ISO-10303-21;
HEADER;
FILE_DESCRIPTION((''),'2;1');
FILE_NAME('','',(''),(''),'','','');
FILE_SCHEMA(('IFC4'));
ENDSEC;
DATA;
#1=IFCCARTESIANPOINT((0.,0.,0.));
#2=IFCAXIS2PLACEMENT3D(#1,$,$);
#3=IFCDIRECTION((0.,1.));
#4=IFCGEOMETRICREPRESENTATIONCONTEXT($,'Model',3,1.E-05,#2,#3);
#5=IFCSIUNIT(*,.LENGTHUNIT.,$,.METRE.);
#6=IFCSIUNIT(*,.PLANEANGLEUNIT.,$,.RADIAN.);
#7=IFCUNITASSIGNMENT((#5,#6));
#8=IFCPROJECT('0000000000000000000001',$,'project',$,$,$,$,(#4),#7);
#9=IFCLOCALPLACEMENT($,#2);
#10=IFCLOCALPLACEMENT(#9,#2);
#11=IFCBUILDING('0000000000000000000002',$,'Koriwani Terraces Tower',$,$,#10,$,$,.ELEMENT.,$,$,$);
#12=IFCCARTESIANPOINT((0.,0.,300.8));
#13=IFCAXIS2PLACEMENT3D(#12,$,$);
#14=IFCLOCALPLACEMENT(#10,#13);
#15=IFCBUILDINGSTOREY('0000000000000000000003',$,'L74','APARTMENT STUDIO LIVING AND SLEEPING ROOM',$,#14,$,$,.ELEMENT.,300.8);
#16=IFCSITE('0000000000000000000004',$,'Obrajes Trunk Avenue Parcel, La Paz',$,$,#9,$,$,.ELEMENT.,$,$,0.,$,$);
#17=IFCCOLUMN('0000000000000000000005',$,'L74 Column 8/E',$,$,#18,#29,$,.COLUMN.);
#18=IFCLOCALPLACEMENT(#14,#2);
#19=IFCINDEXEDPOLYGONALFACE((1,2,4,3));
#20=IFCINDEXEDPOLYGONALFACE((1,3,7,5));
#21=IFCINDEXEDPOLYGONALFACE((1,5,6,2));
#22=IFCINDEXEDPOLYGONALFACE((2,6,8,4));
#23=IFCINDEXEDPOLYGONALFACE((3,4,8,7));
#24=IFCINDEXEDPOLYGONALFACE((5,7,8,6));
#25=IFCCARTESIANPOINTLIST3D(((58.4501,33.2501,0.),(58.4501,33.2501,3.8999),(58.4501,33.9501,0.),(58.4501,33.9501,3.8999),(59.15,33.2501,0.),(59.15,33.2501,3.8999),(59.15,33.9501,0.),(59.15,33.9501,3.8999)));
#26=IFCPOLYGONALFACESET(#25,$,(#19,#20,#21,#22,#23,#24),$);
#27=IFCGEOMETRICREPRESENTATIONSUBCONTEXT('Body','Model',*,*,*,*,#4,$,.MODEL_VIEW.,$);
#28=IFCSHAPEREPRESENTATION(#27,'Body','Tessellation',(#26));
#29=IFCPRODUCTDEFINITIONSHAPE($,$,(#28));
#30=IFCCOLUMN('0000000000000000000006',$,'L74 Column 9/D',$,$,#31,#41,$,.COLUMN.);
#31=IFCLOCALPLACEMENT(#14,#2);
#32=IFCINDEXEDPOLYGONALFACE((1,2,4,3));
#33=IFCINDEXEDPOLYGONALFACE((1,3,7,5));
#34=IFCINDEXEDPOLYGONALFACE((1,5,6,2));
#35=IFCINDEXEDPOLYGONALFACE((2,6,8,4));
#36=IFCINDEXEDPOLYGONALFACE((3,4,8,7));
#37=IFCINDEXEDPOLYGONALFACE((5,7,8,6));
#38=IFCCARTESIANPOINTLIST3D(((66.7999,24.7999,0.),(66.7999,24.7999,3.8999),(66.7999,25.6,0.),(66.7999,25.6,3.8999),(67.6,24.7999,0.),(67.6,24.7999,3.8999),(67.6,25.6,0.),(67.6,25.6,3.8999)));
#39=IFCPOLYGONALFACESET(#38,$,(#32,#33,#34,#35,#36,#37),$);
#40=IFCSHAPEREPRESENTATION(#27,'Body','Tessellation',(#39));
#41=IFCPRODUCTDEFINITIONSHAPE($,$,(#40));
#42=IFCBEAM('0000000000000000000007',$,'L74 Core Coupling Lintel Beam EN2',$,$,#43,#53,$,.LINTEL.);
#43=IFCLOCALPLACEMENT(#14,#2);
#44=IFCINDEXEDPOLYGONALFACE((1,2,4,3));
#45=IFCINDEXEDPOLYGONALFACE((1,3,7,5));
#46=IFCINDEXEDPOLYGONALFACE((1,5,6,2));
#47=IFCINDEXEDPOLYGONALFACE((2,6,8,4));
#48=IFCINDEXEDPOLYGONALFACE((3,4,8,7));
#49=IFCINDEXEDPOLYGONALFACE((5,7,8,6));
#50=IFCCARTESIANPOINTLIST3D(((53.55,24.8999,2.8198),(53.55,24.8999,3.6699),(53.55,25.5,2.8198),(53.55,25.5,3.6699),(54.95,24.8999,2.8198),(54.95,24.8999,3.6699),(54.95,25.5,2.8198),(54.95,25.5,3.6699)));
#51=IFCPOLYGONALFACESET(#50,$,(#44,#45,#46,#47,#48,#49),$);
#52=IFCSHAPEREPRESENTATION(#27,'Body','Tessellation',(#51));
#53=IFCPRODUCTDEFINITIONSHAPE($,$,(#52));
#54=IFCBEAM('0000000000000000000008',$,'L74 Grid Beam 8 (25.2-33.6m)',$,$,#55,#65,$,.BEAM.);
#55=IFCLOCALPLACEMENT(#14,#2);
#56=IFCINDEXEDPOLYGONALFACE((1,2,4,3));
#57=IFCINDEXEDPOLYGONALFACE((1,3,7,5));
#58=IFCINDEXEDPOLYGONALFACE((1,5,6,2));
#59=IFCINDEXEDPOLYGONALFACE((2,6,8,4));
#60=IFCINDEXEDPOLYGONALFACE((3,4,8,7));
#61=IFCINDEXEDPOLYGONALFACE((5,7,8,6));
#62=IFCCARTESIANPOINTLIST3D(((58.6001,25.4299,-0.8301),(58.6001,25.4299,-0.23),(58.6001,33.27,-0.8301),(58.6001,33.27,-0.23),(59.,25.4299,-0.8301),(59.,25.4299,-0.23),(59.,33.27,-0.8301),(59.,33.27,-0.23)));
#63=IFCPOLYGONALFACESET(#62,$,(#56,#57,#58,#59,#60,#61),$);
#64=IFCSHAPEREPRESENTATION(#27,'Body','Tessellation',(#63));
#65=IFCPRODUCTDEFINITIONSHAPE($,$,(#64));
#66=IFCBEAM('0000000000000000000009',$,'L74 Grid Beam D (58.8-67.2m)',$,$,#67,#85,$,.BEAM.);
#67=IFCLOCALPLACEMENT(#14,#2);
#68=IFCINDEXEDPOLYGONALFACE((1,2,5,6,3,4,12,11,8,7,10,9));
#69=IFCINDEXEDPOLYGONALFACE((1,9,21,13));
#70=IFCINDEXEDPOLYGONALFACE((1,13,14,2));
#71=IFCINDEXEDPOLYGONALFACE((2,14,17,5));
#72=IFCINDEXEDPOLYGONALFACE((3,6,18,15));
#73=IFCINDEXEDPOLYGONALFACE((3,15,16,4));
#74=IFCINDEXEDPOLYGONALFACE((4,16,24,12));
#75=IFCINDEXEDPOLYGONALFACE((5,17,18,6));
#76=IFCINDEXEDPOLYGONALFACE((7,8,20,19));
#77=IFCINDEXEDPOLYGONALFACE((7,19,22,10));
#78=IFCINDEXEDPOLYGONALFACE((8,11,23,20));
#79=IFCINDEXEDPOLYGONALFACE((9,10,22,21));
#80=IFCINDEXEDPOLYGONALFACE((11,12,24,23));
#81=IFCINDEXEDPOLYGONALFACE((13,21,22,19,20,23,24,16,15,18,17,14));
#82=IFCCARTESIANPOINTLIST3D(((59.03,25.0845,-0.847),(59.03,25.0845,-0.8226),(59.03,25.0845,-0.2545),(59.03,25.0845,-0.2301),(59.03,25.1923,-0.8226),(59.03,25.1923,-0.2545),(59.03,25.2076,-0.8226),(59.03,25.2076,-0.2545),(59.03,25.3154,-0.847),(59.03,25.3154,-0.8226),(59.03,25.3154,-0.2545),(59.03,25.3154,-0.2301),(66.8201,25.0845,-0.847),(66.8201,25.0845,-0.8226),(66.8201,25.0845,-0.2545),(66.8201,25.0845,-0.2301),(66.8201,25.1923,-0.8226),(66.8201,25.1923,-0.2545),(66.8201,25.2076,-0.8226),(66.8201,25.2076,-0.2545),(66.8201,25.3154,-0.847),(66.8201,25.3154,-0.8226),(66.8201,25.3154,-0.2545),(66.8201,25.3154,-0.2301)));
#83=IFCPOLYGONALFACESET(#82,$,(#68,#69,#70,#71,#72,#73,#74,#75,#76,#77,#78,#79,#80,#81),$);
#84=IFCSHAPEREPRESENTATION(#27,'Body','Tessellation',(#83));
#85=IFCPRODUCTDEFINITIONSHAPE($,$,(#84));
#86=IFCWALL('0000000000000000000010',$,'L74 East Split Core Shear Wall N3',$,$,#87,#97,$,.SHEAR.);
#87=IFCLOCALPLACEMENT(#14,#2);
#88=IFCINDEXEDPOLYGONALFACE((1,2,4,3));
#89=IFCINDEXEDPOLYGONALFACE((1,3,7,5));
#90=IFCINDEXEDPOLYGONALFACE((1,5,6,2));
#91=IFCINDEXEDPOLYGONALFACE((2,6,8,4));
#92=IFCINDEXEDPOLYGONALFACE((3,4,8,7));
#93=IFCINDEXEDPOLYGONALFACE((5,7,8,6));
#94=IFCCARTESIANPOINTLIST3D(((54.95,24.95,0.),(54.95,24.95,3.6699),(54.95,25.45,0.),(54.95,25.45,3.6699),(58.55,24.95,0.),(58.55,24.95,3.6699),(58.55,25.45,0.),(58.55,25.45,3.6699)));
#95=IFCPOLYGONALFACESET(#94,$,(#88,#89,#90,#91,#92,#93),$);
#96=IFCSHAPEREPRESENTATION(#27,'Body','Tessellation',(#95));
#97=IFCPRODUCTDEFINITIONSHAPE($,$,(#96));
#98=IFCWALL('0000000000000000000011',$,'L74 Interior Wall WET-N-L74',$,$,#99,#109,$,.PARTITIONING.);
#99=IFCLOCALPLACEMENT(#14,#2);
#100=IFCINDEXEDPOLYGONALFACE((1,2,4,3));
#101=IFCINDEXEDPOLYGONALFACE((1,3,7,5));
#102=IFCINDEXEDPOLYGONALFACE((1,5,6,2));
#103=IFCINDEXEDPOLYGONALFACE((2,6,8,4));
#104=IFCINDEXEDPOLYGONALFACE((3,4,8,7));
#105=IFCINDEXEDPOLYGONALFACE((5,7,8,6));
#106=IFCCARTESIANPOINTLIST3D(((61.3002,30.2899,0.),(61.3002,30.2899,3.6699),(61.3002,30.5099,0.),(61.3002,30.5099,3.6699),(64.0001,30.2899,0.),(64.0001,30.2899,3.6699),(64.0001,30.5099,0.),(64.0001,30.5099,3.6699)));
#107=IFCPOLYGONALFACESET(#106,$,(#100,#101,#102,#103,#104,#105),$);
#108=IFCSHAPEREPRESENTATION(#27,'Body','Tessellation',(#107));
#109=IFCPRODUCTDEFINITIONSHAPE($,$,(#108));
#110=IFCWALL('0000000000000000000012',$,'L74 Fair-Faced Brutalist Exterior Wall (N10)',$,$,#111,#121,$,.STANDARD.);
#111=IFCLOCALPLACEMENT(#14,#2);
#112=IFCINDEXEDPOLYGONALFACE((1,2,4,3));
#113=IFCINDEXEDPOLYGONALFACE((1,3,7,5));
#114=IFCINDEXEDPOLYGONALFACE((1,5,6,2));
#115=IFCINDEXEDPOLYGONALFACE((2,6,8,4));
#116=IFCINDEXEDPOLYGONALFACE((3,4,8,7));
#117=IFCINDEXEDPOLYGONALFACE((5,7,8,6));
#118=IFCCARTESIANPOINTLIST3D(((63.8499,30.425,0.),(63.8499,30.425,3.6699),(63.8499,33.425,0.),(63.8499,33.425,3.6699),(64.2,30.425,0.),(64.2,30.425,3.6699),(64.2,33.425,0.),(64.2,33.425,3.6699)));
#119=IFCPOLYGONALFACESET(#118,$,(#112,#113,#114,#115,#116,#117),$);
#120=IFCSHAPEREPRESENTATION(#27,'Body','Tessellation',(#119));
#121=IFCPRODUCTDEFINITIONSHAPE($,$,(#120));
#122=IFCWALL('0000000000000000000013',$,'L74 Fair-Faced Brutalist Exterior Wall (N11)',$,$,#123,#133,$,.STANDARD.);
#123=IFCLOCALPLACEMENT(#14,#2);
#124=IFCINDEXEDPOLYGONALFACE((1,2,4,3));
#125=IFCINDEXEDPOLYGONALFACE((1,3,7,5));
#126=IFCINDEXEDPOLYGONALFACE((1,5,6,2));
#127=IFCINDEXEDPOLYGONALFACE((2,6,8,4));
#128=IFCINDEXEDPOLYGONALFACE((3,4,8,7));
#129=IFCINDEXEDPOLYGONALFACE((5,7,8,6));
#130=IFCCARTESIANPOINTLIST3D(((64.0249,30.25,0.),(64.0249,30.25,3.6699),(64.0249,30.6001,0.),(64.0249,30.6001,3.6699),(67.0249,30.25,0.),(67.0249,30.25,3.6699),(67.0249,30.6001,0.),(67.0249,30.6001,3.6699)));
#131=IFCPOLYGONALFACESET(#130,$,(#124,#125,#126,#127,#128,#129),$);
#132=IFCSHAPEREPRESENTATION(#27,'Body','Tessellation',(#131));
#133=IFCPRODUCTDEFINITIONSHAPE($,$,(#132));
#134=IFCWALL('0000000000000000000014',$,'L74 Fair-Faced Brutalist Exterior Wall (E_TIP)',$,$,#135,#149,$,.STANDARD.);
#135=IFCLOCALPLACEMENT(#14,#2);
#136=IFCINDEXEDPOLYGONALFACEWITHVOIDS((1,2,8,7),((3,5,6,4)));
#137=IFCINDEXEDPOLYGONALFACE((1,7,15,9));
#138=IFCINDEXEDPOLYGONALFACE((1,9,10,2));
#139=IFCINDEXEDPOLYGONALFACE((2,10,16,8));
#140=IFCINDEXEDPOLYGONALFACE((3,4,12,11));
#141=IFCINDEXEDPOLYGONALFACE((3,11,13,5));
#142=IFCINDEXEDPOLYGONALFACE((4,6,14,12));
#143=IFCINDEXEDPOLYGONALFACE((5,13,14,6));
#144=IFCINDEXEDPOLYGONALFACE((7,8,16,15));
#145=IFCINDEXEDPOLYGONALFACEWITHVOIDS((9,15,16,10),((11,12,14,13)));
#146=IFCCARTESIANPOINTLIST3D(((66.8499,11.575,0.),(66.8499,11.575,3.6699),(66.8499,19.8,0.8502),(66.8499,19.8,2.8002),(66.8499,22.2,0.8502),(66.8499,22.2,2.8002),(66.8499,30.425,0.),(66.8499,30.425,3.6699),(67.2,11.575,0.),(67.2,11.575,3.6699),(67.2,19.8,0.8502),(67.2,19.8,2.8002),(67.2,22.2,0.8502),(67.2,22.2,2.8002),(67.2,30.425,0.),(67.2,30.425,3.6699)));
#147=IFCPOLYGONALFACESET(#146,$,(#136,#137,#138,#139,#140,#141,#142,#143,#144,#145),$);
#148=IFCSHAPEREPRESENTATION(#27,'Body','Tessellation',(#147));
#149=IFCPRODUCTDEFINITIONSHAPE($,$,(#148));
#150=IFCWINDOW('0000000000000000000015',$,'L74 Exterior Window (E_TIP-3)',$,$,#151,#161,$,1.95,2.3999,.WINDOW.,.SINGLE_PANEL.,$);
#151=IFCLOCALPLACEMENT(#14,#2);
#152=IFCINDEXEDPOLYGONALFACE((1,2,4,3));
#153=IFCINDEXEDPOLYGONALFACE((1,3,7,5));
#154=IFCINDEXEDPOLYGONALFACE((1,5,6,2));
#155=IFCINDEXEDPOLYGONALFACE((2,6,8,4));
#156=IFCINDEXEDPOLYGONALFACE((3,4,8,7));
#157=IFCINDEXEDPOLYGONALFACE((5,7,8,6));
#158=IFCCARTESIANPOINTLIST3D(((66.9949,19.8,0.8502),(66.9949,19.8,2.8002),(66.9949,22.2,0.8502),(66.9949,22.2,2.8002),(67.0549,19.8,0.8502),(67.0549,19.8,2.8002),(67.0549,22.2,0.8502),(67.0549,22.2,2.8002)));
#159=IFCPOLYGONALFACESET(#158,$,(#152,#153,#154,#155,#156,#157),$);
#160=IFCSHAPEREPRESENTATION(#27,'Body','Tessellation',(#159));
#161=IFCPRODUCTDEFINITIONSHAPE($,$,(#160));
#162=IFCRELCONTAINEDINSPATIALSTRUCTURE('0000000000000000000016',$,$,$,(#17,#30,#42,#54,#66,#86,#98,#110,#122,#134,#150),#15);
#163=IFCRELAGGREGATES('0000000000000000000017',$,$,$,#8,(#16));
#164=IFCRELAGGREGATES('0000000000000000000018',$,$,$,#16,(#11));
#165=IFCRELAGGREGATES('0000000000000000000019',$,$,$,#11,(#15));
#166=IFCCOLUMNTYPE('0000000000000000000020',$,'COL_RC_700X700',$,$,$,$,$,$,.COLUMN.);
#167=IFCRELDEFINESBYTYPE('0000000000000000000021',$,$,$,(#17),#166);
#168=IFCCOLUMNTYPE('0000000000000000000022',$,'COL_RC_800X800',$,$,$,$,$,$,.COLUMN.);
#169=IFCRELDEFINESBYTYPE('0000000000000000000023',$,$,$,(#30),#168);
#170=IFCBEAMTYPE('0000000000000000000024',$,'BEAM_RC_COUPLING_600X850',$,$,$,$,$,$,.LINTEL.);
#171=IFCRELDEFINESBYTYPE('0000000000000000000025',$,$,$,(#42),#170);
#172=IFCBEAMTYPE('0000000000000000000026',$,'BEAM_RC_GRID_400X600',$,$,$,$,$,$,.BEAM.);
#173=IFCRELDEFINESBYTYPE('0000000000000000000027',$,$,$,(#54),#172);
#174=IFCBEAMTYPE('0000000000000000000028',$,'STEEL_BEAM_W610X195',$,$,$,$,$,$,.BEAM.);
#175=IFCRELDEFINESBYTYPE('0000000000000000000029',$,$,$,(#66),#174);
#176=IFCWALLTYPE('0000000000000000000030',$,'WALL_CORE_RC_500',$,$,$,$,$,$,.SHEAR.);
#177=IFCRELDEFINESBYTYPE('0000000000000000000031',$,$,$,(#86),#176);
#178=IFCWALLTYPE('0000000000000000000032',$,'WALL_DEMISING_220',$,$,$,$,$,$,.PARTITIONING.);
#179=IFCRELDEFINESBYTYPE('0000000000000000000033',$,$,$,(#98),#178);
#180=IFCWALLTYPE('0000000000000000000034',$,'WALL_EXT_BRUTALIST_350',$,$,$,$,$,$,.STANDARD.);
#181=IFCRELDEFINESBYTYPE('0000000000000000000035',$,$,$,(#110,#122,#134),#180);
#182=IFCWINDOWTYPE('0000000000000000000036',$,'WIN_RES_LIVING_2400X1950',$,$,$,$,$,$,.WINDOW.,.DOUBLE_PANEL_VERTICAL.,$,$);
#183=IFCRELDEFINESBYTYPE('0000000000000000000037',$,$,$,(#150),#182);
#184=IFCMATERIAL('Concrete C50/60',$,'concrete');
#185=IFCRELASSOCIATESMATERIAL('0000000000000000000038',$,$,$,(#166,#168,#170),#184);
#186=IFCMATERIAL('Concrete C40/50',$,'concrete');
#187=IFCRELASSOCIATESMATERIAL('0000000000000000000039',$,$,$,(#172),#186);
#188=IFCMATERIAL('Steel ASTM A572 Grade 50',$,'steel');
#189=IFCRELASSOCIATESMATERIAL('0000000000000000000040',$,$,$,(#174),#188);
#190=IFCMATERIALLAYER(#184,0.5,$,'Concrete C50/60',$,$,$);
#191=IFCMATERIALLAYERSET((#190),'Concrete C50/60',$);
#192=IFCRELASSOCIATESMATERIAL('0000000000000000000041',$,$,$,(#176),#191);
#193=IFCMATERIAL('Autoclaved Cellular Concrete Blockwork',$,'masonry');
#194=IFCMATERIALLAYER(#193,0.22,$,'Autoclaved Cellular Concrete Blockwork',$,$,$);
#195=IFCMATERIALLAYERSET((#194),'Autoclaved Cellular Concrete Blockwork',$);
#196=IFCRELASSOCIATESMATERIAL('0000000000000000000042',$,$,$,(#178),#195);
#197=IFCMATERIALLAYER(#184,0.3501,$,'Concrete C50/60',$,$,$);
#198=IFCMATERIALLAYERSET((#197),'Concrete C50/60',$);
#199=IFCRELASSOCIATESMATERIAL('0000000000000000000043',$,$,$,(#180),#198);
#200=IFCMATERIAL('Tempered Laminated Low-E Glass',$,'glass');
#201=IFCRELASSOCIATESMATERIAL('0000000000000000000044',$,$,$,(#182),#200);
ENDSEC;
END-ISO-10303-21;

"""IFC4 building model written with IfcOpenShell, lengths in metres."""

from ifc_helpers import new_model, si_unit, direction, frame, frame_2d, origin, origin_2d, place, context, subcontext, project, spatial, rectangle, i_section, extrude, material, layer, layer_set, material_profile, profile_set, type_object, element, fill, save


model = new_model("IFC4")

# Units and contexts
model_context = context("Model", 3, precision=1e-05, world=origin(), true_north=direction((0.0, 1.0)))
body_context = subcontext(model_context, "Body", "Model", "MODEL_VIEW")
ifc_project = project(units=[si_unit("LENGTHUNIT", "METRE"), si_unit("PLANEANGLEUNIT", "RADIAN")], contexts=[model_context])

# Site, building, storey
site_placement = place(None, origin())
site = spatial("IfcSite", under=ifc_project, at=site_placement, Name="Obrajes Trunk Avenue Parcel, La Paz", CompositionType="ELEMENT", RefElevation=0.0)
building_placement = place(site_placement, origin())
building = spatial("IfcBuilding", under=site, at=building_placement, Name="Koriwani Terraces Tower", CompositionType="ELEMENT")
storey_placement = place(building_placement, frame((0.0, 0.0, 300.8)))
storey = spatial("IfcBuildingStorey", under=building, at=storey_placement, Name="L74", Description="APARTMENT STUDIO LIVING AND SLEEPING ROOM", CompositionType="ELEMENT", Elevation=300.8)

# Columns
ifc_material_1 = material(Name="Concrete C50/60", Category="concrete")
ifc_material_profile_1 = material_profile(ifc_material_1, rectangle(XDim=0.7, YDim=0.7, at=origin_2d()), Name="Concrete C50/60", Category="LoadBearing")
ifc_profile_set_1 = profile_set([ifc_material_profile_1], Name="Concrete C50/60")
column_type_1 = type_object("IfcColumnType", Name="COL_RC_700X700", PredefinedType="COLUMN", material=ifc_profile_set_1)
column_1_placement = place(storey_placement, frame((58.8, 33.6001, 0.0), z_axis=(0.0, 0.0, 1.0), x_axis=(1.0, 0.0, 0.0)))
element("IfcColumn", 1, at=column_1_placement, inside=storey, type_object=column_type_1, Name="L74 Column 8/E", PredefinedType="COLUMN", context=body_context, shape_type="SweptSolid", body=[
    extrude(rectangle(XDim=0.7, YDim=0.7, at=origin_2d()), origin(), (0.0, 0.0, 1.0), 3.8999),
])
ifc_material_profile_2 = material_profile(ifc_material_1, rectangle(XDim=0.8, YDim=0.8, at=origin_2d()), Name="Concrete C50/60", Category="LoadBearing")
ifc_profile_set_2 = profile_set([ifc_material_profile_2], Name="Concrete C50/60")
column_type_2 = type_object("IfcColumnType", Name="COL_RC_800X800", PredefinedType="COLUMN", material=ifc_profile_set_2)
column_2_placement = place(storey_placement, frame((67.2, 25.2, 0.0), z_axis=(0.0, 0.0, 1.0), x_axis=(1.0, 0.0, 0.0)))
element("IfcColumn", 2, at=column_2_placement, inside=storey, type_object=column_type_2, Name="L74 Column 9/D", PredefinedType="COLUMN", context=body_context, shape_type="SweptSolid", body=[
    extrude(rectangle(XDim=0.8, YDim=0.8, at=origin_2d()), origin(), (0.0, 0.0, 1.0), 3.8999),
])

# Beams
ifc_material_profile_3 = material_profile(ifc_material_1, rectangle(XDim=0.6001, YDim=0.8501, at=origin_2d()), Name="Concrete C50/60", Category="LoadBearing")
ifc_profile_set_3 = profile_set([ifc_material_profile_3], Name="Concrete C50/60")
beam_type_1 = type_object("IfcBeamType", Name="BEAM_RC_COUPLING_600X850", PredefinedType="LINTEL", material=ifc_profile_set_3)
beam_1_placement = place(storey_placement, frame((53.55, 25.2, 3.2449), z_axis=(1.0, 0.0, 0.0), x_axis=(0.0, 1.0, 0.0)))
element("IfcBeam", 3, at=beam_1_placement, inside=storey, type_object=beam_type_1, Name="L74 Core Coupling Lintel Beam EN2", PredefinedType="LINTEL", context=body_context, shape_type="SweptSolid", body=[
    extrude(rectangle(XDim=0.6001, YDim=0.8501, at=origin_2d()), origin(), (0.0, 0.0, 1.0), 1.3999),
])
ifc_material_2 = material(Name="Concrete C40/50", Category="concrete")
ifc_material_profile_4 = material_profile(ifc_material_2, rectangle(XDim=0.3999, YDim=0.6001, at=origin_2d()), Name="Concrete C40/50", Category="LoadBearing")
ifc_profile_set_4 = profile_set([ifc_material_profile_4], Name="Concrete C40/50")
beam_type_2 = type_object("IfcBeamType", Name="BEAM_RC_GRID_400X600", PredefinedType="BEAM", material=ifc_profile_set_4)
beam_2_placement = place(storey_placement, frame((58.8, 25.4299, -0.53), z_axis=(0.0, 1.0, 0.0), x_axis=(-1.0, 0.0, 0.0)))
element("IfcBeam", 4, at=beam_2_placement, inside=storey, type_object=beam_type_2, Name="L74 Grid Beam 8 (25.2-33.6m)", PredefinedType="BEAM", context=body_context, shape_type="SweptSolid", body=[
    extrude(rectangle(XDim=0.3999, YDim=0.6001, at=origin_2d()), origin(), (0.0, 0.0, 1.0), 7.8401),
])
ifc_material_3 = material(Name="Steel ASTM A572 Grade 50", Category="steel")
ifc_material_profile_5 = material_profile(ifc_material_3, i_section(OverallWidth=0.231, OverallDepth=0.6169, WebThickness=0.0154, FlangeThickness=0.0244, at=origin_2d()), Name="Steel ASTM A572 Grade 50", Category="LoadBearing")
ifc_profile_set_5 = profile_set([ifc_material_profile_5], Name="Steel ASTM A572 Grade 50")
beam_type_3 = type_object("IfcBeamType", Name="STEEL_BEAM_W610X195", PredefinedType="BEAM", material=ifc_profile_set_5)
beam_3_placement = place(storey_placement, frame((59.03, 25.2, -0.5386), z_axis=(1.0, 0.0, 0.0), x_axis=(0.0, 1.0, 0.0)))
element("IfcBeam", 5, at=beam_3_placement, inside=storey, type_object=beam_type_3, Name="L74 Grid Beam D (58.8-67.2m)", PredefinedType="BEAM", context=body_context, shape_type="SweptSolid", body=[
    extrude(i_section(OverallWidth=0.231, OverallDepth=0.6169, WebThickness=0.0154, FlangeThickness=0.0244, at=origin_2d()), origin(), (0.0, 0.0, 1.0), 7.79),
])

# Walls
ifc_layer_1 = layer(ifc_material_1, 0.5, Name="Concrete C50/60")
ifc_layer_set_1 = layer_set([ifc_layer_1], Name="Concrete C50/60")
wall_type_1 = type_object("IfcWallType", Name="WALL_CORE_RC_500", PredefinedType="SHEAR", material=ifc_layer_set_1)
wall_1_placement = place(storey_placement, frame((54.95, 25.2, 0.0), z_axis=(0.0, 0.0, 1.0), x_axis=(1.0, 0.0, 0.0)))
element("IfcWall", 6, at=wall_1_placement, inside=storey, type_object=wall_type_1, Name="L74 East Split Core Shear Wall N3", PredefinedType="SHEAR", context=body_context, shape_type="SweptSolid", body=[
    extrude(rectangle(XDim=3.6001, YDim=0.5, at=frame_2d((1.8, 0.0))), origin(), (0.0, 0.0, 1.0), 3.6699),
])
ifc_material_4 = material(Name="Autoclaved Cellular Concrete Blockwork", Category="masonry")
ifc_layer_2 = layer(ifc_material_4, 0.22, Name="Autoclaved Cellular Concrete Blockwork")
ifc_layer_set_2 = layer_set([ifc_layer_2], Name="Autoclaved Cellular Concrete Blockwork")
wall_type_2 = type_object("IfcWallType", Name="WALL_DEMISING_220", PredefinedType="PARTITIONING", material=ifc_layer_set_2)
wall_2_placement = place(storey_placement, frame((61.3, 30.3999, 0.0), z_axis=(0.0, 0.0, 1.0), x_axis=(1.0, 0.0, 0.0)))
element("IfcWall", 7, at=wall_2_placement, inside=storey, type_object=wall_type_2, Name="L74 Interior Wall WET-N-L74", PredefinedType="PARTITIONING", context=body_context, shape_type="SweptSolid", body=[
    extrude(rectangle(XDim=2.7, YDim=0.22, at=frame_2d((1.3501, 0.0))), origin(), (0.0, 0.0, 1.0), 3.6699),
])
ifc_layer_3 = layer(ifc_material_1, 0.3501, Name="Concrete C50/60")
ifc_layer_set_3 = layer_set([ifc_layer_3], Name="Concrete C50/60")
wall_type_3 = type_object("IfcWallType", Name="WALL_EXT_BRUTALIST_350", PredefinedType="STANDARD", material=ifc_layer_set_3)
for number, where, z_axis, x_axis, name in (
    (8, (64.0249, 33.425, 0.0), (0.0, 0.0, 1.0), (0.0, -1.0, 0.0), "L74 Fair-Faced Brutalist Exterior Wall (N10)"),
    (9, (64.0249, 30.425, 0.0), (0.0, 0.0, 1.0), (1.0, 0.0, 0.0), "L74 Fair-Faced Brutalist Exterior Wall (N11)"),
):
    element("IfcWall", number, at=place(storey_placement, frame(where, z_axis=z_axis, x_axis=x_axis)), inside=storey, type_object=wall_type_3, Name=name, PredefinedType="STANDARD", context=body_context, shape_type="SweptSolid", body=[
        extrude(rectangle(XDim=3.0, YDim=0.3501, at=frame_2d((1.5, 0.0))), origin(), (0.0, 0.0, 1.0), 3.6699),
    ])

# Wall, opening, window
wall_3_placement = place(storey_placement, frame((67.0249, 30.425, 0.0), z_axis=(0.0, 0.0, 1.0), x_axis=(0.0, -1.0, 0.0)))
wall_3 = element("IfcWall", 10, at=wall_3_placement, inside=storey, type_object=wall_type_3, Name="L74 Fair-Faced Brutalist Exterior Wall (E_TIP)", PredefinedType="STANDARD", context=body_context, shape_type="SweptSolid", body=[
    extrude(rectangle(XDim=18.8501, YDim=0.3501, at=frame_2d((9.425, 0.0))), origin(), (0.0, 0.0, 1.0), 3.6699),
])
opening_1_placement = place(wall_3_placement, frame((8.2251, 0.0, 0.8501)))
opening_1 = element("IfcOpeningElement", 11, at=opening_1_placement, cuts=wall_3, PredefinedType="OPENING", context=body_context, shape_type="SweptSolid", body=[
    extrude(rectangle(XDim=2.3999, YDim=1.95, at=frame_2d((1.2, 0.9751))), frame((0.0, 0.1851, 0.0), z_axis=(0.0, -1.0, 0.0), x_axis=(1.0, 0.0, 0.0)), (0.0, 0.0, 1.0), 0.3701),
])
ifc_material_5 = material(Name="Tempered Laminated Low-E Glass", Category="glass")
window_type = type_object("IfcWindowType", Name="WIN_RES_LIVING_2400X1950", PartitioningType="DOUBLE_PANEL_VERTICAL", PredefinedType="WINDOW", material=ifc_material_5)
window_placement = place(opening_1_placement, origin())
window = element("IfcWindow", 12, at=window_placement, inside=storey, type_object=window_type, Name="L74 Exterior Window (E_TIP-3)", OverallHeight=1.95, OverallWidth=2.3999, PartitioningType="SINGLE_PANEL", PredefinedType="WINDOW", context=body_context, shape_type="SweptSolid", body=[
    extrude(rectangle(XDim=2.3999, YDim=1.95, at=frame_2d((1.2, 0.9751))), frame((0.0, 0.03, 0.0), z_axis=(0.0, -1.0, 0.0), x_axis=(1.0, 0.0, 0.0)), (0.0, 0.0, 1.0), 0.0601),
])
fill(opening_1, window)

save(model, "model.ifc")
